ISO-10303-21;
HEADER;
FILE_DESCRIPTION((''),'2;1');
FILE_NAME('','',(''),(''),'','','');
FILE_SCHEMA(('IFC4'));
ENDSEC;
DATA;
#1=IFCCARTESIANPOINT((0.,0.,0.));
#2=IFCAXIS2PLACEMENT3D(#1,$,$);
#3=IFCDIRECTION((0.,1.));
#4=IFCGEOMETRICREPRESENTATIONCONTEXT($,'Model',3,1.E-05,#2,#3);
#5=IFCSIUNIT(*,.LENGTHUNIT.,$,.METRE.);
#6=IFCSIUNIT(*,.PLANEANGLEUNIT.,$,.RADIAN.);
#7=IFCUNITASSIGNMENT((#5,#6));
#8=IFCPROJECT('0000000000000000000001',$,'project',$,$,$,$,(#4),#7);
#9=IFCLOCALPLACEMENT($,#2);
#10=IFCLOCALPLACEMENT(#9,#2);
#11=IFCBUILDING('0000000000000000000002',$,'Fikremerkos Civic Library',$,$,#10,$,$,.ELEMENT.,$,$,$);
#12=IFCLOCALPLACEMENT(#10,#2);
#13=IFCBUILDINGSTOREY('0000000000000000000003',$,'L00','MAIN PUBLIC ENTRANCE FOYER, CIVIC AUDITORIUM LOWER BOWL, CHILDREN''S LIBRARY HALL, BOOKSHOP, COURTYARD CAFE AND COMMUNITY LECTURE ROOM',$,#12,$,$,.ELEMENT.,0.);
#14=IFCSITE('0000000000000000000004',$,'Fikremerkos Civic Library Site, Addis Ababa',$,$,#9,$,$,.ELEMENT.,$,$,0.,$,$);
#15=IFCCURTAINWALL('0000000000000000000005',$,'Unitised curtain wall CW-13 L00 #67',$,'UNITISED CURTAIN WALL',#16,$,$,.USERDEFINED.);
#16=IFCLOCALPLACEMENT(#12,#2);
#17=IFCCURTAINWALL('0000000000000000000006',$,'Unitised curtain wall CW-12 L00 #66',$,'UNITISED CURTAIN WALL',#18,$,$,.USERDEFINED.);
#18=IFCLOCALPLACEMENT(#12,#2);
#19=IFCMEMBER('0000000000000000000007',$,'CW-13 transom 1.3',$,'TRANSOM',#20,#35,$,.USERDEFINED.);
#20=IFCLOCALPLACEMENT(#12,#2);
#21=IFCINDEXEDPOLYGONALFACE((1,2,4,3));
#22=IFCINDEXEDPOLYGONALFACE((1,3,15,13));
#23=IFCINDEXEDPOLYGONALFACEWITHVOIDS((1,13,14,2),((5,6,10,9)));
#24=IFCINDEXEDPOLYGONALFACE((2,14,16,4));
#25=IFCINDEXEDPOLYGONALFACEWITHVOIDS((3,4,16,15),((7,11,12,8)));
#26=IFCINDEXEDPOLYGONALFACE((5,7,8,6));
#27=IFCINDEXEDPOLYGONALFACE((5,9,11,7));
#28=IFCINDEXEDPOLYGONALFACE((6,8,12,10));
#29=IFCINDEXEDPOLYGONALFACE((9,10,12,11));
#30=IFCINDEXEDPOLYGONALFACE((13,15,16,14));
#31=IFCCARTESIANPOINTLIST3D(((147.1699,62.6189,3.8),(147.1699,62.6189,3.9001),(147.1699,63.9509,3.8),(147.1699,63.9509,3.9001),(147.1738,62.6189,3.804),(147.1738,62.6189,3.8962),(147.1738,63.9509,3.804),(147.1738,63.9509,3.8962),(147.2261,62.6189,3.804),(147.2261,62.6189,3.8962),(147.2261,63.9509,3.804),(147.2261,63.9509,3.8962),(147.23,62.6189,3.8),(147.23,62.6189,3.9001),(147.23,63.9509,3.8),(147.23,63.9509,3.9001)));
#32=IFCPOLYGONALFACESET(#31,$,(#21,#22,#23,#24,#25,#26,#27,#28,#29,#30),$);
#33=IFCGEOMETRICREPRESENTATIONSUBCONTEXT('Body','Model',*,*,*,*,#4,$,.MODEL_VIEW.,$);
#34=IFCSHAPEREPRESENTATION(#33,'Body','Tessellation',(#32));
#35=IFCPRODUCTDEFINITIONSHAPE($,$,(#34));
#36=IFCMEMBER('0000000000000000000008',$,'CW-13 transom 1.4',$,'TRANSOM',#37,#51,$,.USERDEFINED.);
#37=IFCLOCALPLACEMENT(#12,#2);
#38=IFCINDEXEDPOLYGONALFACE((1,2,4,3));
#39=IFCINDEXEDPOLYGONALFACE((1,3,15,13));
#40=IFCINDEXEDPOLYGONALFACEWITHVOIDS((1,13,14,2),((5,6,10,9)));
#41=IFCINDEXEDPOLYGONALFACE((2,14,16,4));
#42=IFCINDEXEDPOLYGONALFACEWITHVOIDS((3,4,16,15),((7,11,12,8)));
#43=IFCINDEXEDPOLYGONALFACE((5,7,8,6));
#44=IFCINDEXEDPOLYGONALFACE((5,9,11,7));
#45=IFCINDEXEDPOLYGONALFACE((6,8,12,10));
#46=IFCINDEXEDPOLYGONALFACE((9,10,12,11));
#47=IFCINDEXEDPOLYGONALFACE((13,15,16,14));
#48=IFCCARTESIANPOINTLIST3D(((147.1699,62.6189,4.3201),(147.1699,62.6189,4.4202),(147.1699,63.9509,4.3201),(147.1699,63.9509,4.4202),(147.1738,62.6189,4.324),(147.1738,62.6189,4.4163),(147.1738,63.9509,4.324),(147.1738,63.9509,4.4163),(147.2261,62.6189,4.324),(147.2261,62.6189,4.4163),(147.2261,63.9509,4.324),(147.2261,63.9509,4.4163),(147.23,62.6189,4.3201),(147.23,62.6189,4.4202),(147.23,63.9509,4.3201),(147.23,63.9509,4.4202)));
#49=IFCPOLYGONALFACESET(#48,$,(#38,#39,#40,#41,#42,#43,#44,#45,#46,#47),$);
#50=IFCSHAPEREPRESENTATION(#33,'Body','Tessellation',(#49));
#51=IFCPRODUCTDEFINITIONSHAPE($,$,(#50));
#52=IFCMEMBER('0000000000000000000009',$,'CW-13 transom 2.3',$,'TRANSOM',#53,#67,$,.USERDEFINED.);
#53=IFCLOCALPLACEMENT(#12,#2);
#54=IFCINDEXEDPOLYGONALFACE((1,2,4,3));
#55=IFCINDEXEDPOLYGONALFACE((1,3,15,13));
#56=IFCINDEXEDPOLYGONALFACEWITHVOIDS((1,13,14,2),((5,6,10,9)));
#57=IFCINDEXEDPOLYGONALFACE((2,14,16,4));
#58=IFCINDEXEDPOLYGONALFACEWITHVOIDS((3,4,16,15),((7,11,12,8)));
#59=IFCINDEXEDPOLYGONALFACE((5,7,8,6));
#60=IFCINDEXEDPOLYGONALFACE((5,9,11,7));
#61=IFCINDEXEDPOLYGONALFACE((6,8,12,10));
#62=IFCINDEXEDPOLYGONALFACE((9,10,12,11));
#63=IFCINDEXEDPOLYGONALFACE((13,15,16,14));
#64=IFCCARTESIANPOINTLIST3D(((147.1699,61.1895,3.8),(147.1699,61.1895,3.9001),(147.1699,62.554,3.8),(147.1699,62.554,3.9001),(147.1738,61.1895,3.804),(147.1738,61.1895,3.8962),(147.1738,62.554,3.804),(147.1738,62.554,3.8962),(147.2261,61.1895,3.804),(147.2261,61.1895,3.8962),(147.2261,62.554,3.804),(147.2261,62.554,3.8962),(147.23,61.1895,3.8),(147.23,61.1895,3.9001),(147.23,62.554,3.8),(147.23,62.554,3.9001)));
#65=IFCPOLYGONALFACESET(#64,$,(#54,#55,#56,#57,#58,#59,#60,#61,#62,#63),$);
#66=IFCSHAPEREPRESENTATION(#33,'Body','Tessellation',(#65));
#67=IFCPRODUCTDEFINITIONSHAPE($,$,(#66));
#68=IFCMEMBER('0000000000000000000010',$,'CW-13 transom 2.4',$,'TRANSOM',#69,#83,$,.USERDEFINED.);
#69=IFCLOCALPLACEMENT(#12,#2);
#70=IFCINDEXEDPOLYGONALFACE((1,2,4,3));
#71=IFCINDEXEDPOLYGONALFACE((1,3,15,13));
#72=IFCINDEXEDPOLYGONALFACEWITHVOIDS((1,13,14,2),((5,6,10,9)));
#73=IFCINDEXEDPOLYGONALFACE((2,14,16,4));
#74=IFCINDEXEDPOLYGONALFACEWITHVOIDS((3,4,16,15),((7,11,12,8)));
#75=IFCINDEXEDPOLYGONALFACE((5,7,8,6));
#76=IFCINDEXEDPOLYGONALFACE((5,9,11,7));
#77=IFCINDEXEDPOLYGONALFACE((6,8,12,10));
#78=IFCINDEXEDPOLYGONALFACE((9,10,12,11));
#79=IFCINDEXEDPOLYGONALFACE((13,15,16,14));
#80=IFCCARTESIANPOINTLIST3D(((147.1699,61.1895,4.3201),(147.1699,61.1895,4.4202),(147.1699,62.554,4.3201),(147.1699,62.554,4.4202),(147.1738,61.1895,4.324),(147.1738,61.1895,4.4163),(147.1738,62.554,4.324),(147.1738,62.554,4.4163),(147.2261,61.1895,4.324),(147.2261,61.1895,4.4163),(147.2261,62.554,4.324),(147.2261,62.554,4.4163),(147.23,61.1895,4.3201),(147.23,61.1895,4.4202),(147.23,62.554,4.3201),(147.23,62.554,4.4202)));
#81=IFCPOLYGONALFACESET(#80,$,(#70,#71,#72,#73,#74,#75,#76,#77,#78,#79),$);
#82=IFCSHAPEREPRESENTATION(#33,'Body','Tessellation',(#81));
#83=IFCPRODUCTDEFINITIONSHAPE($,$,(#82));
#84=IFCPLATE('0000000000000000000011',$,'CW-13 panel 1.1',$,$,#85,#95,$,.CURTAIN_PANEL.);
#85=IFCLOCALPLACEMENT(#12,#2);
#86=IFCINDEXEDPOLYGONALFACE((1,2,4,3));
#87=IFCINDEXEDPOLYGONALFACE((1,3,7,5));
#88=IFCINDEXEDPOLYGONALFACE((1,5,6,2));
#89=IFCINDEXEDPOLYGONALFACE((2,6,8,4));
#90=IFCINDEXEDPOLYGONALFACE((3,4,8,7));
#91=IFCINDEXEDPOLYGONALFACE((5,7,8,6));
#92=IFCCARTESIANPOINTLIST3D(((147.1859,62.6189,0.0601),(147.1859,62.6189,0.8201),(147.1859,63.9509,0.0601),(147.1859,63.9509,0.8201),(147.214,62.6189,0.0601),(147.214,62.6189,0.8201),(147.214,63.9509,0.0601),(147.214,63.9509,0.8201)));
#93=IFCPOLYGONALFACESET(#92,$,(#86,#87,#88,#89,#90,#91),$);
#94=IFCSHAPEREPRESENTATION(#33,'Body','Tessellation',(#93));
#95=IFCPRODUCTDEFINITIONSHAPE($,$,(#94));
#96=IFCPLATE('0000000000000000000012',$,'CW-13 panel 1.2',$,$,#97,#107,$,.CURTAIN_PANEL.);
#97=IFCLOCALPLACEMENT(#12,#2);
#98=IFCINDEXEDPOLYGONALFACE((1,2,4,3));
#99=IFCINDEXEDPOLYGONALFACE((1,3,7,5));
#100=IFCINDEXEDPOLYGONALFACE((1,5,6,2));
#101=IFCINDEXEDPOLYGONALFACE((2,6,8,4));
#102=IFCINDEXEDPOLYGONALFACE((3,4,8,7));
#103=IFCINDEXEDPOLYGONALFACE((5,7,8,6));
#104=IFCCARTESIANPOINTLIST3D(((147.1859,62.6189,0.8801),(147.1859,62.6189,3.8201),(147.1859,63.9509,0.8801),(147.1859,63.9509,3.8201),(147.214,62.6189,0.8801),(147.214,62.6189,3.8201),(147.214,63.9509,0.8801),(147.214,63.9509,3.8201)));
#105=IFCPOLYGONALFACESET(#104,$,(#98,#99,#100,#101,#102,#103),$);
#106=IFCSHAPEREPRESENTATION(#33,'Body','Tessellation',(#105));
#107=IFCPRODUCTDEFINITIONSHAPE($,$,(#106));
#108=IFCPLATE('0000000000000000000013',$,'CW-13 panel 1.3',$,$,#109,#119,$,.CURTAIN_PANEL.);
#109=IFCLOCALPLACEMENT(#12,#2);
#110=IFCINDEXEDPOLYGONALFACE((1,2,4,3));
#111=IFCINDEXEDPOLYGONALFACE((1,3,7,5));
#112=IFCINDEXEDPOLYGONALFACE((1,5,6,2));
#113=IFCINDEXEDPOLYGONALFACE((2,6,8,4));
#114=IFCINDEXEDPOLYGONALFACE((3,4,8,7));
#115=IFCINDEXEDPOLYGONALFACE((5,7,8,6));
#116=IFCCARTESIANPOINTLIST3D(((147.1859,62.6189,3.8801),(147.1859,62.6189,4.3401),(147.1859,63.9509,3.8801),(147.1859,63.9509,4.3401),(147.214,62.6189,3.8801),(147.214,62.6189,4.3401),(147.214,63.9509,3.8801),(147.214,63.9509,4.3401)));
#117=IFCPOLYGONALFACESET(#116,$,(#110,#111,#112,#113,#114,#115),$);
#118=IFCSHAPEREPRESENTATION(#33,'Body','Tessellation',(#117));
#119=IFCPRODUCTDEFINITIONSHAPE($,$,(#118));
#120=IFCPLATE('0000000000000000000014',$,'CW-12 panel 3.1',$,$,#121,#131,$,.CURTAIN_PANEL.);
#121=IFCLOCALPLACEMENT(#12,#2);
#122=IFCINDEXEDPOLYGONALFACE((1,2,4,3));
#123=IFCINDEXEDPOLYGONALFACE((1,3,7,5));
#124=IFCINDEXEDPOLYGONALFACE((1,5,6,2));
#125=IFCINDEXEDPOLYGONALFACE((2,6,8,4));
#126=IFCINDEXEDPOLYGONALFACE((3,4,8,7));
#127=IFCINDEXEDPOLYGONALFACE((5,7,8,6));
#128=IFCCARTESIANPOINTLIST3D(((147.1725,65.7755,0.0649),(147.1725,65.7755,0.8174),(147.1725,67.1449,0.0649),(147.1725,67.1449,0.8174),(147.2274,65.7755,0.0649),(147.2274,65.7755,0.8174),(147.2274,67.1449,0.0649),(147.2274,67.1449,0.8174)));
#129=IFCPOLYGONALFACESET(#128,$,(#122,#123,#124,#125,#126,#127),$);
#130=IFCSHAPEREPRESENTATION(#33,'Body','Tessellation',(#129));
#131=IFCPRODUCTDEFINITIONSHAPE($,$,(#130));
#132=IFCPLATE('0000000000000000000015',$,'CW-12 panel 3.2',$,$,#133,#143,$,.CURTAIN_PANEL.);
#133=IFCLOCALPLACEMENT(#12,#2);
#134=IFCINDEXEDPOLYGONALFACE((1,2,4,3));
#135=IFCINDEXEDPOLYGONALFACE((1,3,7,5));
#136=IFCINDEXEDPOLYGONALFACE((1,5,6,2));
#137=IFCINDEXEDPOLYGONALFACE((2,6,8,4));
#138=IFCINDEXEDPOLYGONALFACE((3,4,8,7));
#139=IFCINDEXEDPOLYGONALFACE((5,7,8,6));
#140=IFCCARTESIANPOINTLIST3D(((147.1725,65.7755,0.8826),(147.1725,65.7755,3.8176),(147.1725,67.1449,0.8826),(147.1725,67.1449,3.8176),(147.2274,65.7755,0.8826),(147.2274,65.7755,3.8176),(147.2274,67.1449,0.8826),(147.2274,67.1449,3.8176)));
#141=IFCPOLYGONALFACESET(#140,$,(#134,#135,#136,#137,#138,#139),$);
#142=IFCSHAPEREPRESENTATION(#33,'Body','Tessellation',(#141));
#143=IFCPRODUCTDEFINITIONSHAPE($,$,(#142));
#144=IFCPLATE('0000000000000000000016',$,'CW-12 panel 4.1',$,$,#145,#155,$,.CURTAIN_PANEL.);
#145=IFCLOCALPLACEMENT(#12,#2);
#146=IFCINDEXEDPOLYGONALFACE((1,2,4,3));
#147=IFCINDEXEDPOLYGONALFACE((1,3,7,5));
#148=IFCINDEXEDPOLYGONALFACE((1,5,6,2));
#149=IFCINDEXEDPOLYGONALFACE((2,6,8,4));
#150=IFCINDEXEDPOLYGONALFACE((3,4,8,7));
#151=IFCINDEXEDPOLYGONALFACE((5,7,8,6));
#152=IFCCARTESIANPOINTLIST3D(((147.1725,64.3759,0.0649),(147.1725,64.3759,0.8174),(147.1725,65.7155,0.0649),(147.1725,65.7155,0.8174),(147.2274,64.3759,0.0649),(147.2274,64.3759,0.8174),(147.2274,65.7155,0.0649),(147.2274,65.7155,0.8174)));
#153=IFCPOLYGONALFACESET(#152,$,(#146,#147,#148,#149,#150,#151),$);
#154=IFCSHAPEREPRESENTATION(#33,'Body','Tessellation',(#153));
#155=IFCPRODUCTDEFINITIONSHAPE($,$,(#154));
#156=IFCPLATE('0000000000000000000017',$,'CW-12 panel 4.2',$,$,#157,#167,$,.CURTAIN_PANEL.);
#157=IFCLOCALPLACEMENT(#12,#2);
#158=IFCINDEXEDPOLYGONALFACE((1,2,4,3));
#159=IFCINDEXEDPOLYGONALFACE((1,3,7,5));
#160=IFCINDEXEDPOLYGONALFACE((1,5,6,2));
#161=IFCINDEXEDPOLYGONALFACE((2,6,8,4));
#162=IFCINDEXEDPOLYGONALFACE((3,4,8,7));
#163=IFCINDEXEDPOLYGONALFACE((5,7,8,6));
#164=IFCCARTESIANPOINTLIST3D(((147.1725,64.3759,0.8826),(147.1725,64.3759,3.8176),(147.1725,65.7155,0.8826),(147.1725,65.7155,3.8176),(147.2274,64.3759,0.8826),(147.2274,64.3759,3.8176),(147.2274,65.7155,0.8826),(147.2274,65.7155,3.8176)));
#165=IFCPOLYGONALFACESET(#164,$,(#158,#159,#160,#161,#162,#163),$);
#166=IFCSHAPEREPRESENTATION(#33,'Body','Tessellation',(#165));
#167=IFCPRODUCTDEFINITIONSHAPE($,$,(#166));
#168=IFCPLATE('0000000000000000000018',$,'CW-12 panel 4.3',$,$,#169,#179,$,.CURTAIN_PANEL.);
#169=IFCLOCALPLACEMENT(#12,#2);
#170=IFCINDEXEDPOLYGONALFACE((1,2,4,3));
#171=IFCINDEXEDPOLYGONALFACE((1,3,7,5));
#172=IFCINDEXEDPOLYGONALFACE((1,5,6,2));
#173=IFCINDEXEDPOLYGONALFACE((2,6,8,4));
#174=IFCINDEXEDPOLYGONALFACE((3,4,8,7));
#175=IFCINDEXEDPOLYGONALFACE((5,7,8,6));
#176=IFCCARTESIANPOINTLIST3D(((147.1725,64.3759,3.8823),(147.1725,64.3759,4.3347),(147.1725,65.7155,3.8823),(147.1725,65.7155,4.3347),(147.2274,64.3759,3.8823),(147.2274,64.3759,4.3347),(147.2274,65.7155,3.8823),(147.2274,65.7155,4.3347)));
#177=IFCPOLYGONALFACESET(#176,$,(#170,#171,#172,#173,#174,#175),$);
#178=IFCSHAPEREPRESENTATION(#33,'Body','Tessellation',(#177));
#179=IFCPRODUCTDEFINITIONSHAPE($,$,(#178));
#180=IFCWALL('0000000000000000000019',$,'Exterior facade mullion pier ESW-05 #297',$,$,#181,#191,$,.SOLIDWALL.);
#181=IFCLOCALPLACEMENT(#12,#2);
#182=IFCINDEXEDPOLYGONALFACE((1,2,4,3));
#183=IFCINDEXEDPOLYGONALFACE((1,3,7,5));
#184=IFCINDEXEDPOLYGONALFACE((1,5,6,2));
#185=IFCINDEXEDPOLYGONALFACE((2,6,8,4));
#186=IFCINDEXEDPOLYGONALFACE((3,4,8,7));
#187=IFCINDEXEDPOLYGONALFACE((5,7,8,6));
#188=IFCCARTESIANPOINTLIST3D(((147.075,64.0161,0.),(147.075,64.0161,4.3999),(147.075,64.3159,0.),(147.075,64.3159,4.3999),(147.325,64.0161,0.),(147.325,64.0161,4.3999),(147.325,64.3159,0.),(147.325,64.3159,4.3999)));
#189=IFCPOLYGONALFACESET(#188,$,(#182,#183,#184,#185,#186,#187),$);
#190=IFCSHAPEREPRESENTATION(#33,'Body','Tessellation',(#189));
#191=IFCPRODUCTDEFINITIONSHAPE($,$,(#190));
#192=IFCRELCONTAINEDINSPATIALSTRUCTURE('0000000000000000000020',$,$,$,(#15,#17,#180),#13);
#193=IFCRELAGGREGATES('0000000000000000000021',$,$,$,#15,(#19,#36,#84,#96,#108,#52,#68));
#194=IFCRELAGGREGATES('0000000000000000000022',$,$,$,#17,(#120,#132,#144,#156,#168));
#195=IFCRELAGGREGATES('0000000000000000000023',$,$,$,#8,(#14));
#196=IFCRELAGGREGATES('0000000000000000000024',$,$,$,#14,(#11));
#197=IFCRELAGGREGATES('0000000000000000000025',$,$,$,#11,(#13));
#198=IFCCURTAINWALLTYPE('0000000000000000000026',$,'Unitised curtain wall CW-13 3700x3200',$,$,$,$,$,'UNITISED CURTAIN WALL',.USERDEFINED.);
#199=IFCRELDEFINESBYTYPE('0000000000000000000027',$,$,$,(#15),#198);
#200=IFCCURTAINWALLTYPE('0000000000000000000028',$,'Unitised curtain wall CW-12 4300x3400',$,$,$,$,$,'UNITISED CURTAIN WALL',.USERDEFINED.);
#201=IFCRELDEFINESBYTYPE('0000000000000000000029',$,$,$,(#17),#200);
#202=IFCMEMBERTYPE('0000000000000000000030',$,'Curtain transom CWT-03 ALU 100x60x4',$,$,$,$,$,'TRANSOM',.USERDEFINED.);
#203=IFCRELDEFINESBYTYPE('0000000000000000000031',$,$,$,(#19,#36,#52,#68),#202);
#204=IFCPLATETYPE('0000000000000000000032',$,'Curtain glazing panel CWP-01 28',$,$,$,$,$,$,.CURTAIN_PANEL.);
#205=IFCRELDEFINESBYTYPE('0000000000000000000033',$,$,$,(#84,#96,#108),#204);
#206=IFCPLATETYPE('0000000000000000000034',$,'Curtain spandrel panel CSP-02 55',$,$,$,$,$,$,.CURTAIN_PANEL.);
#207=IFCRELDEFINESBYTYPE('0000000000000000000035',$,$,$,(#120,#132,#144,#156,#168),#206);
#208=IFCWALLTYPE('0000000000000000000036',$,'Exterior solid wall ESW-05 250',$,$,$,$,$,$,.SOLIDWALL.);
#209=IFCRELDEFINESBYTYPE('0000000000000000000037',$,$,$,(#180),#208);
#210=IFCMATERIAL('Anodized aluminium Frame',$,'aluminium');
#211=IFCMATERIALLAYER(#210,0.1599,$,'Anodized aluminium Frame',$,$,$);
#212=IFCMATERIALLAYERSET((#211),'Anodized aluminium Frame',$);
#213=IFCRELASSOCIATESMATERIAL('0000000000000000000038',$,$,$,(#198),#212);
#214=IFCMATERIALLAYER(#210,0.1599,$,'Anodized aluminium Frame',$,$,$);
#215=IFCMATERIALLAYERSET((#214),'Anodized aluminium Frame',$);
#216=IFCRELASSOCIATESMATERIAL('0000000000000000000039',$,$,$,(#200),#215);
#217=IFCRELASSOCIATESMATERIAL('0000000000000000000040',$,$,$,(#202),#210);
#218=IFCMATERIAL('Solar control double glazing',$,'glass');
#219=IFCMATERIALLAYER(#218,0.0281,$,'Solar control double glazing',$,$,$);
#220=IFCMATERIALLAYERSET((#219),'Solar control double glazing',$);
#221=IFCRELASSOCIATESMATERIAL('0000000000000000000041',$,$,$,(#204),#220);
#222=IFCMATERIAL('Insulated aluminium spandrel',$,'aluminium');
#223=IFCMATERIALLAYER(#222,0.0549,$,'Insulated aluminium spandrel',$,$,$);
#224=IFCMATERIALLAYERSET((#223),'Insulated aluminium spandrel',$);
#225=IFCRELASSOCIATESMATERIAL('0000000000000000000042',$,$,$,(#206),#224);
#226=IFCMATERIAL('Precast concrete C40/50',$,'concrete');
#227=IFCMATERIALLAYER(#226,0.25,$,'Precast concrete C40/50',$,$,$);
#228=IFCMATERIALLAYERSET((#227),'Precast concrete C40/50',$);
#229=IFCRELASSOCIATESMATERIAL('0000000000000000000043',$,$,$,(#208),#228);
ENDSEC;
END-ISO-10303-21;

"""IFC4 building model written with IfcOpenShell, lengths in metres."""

from ifc_helpers import new_model, si_unit, direction, frame, frame_2d, origin, origin_2d, place, context, subcontext, project, spatial, rectangle, hollow_rectangle, extrude, material, layer, layer_set, material_profile, profile_set, type_object, element, aggregate, save


model = new_model("IFC4")

# Units and contexts
model_context = context("Model", 3, precision=1e-05, world=origin(), true_north=direction((0.0, 1.0)))
body_context = subcontext(model_context, "Body", "Model", "MODEL_VIEW")
ifc_project = project(units=[si_unit("LENGTHUNIT", "METRE"), si_unit("PLANEANGLEUNIT", "RADIAN")], contexts=[model_context])

# Site, building, storey
site_placement = place(None, origin())
site = spatial("IfcSite", under=ifc_project, at=site_placement, Name="Fikremerkos Civic Library Site, Addis Ababa", CompositionType="ELEMENT", RefElevation=0.0)
building_placement = place(site_placement, origin())
building = spatial("IfcBuilding", under=site, at=building_placement, Name="Fikremerkos Civic Library", CompositionType="ELEMENT")
storey_placement = place(building_placement, origin())
storey = spatial("IfcBuildingStorey", under=building, at=storey_placement, Name="L00", Description="MAIN PUBLIC ENTRANCE FOYER, CIVIC AUDITORIUM LOWER BOWL, CHILDREN'S LIBRARY HALL, BOOKSHOP, COURTYARD CAFE AND COMMUNITY LECTURE ROOM", CompositionType="ELEMENT", Elevation=0.0)

# Curtain walls
ifc_material_1 = material(Name="Anodized aluminium Frame", Category="aluminium")
ifc_layer_1 = layer(ifc_material_1, 0.1599, Name="Anodized aluminium Frame")
ifc_layer_set_1 = layer_set([ifc_layer_1], Name="Anodized aluminium Frame")
curtain_wall_type_1 = type_object("IfcCurtainWallType", Name="Unitised curtain wall CW-13 3700x3200", ElementType="UNITISED CURTAIN WALL", PredefinedType="USERDEFINED", material=ifc_layer_set_1)
curtain_wall_1_placement = place(storey_placement, origin())
curtain_wall_1 = element("IfcCurtainWall", 1, at=curtain_wall_1_placement, inside=storey, type_object=curtain_wall_type_1, Name="Unitised curtain wall CW-13 L00 #67", ObjectType="UNITISED CURTAIN WALL", PredefinedType="USERDEFINED")
ifc_layer_2 = layer(ifc_material_1, 0.1599, Name="Anodized aluminium Frame")
ifc_layer_set_2 = layer_set([ifc_layer_2], Name="Anodized aluminium Frame")
curtain_wall_type_2 = type_object("IfcCurtainWallType", Name="Unitised curtain wall CW-12 4300x3400", ElementType="UNITISED CURTAIN WALL", PredefinedType="USERDEFINED", material=ifc_layer_set_2)
curtain_wall_2_placement = place(storey_placement, origin())
curtain_wall_2 = element("IfcCurtainWall", 2, at=curtain_wall_2_placement, inside=storey, type_object=curtain_wall_type_2, Name="Unitised curtain wall CW-12 L00 #66", ObjectType="UNITISED CURTAIN WALL", PredefinedType="USERDEFINED")

# Members
ifc_material_profile_1 = material_profile(ifc_material_1, hollow_rectangle(XDim=0.0601, YDim=0.1001, WallThickness=0.0039, at=origin_2d()), Name="ALU 100x60x4")
ifc_profile_set_1 = profile_set([ifc_material_profile_1], Name="Anodized aluminium Frame")
member_type_1 = type_object("IfcMemberType", Name="Curtain transom CWT-03 ALU 100x60x4", ElementType="TRANSOM", PredefinedType="USERDEFINED", material=ifc_profile_set_1)
member_1_placement = place(storey_placement, frame((147.2, 63.9509, 3.8501), z_axis=(0.0, -1.0, 0.0), x_axis=(1.0, 0.0, 0.0)))
member_1 = element("IfcMember", 3, at=member_1_placement, type_object=member_type_1, Name="CW-13 transom 1.3", ObjectType="TRANSOM", PredefinedType="USERDEFINED", context=body_context, shape_type="SweptSolid", body=[
    extrude(hollow_rectangle(XDim=0.0601, YDim=0.1001, WallThickness=0.0039, at=origin_2d()), origin(), (0.0, 0.0, 1.0), 1.332),
])
member_2_placement = place(storey_placement, frame((147.2, 63.9509, 4.3701), z_axis=(0.0, -1.0, 0.0), x_axis=(1.0, 0.0, 0.0)))
member_2 = element("IfcMember", 4, at=member_2_placement, type_object=member_type_1, Name="CW-13 transom 1.4", ObjectType="TRANSOM", PredefinedType="USERDEFINED", context=body_context, shape_type="SweptSolid", body=[
    extrude(hollow_rectangle(XDim=0.0601, YDim=0.1001, WallThickness=0.0039, at=origin_2d()), origin(), (0.0, 0.0, 1.0), 1.332),
])
member_3_placement = place(storey_placement, frame((147.2, 62.554, 3.8501), z_axis=(0.0, -1.0, 0.0), x_axis=(1.0, 0.0, 0.0)))
member_3 = element("IfcMember", 5, at=member_3_placement, type_object=member_type_1, Name="CW-13 transom 2.3", ObjectType="TRANSOM", PredefinedType="USERDEFINED", context=body_context, shape_type="SweptSolid", body=[
    extrude(hollow_rectangle(XDim=0.0601, YDim=0.1001, WallThickness=0.0039, at=origin_2d()), origin(), (0.0, 0.0, 1.0), 1.3645),
])
member_4_placement = place(storey_placement, frame((147.2, 62.554, 4.3701), z_axis=(0.0, -1.0, 0.0), x_axis=(1.0, 0.0, 0.0)))
member_4 = element("IfcMember", 6, at=member_4_placement, type_object=member_type_1, Name="CW-13 transom 2.4", ObjectType="TRANSOM", PredefinedType="USERDEFINED", context=body_context, shape_type="SweptSolid", body=[
    extrude(hollow_rectangle(XDim=0.0601, YDim=0.1001, WallThickness=0.0039, at=origin_2d()), origin(), (0.0, 0.0, 1.0), 1.3645),
])

# Plates
ifc_material_2 = material(Name="Solar control double glazing", Category="glass")
ifc_layer_3 = layer(ifc_material_2, 0.0281, Name="Solar control double glazing")
ifc_layer_set_3 = layer_set([ifc_layer_3], Name="Solar control double glazing")
plate_type_1 = type_object("IfcPlateType", Name="Curtain glazing panel CWP-01 28", PredefinedType="CURTAIN_PANEL", material=ifc_layer_set_3)
plate_1_placement = place(storey_placement, frame((147.2, 63.2849, 0.0601), z_axis=(0.0, 0.0, 1.0), x_axis=(0.0, -1.0, 0.0)))
plate_1 = element("IfcPlate", 7, at=plate_1_placement, type_object=plate_type_1, Name="CW-13 panel 1.1", PredefinedType="CURTAIN_PANEL", context=body_context, shape_type="SweptSolid", body=[
    extrude(rectangle(XDim=1.332, YDim=0.0281, at=origin_2d()), origin(), (0.0, 0.0, 1.0), 0.76),
])
plate_2_placement = place(storey_placement, frame((147.2, 63.2849, 0.8801), z_axis=(0.0, 0.0, 1.0), x_axis=(0.0, -1.0, 0.0)))
plate_2 = element("IfcPlate", 8, at=plate_2_placement, type_object=plate_type_1, Name="CW-13 panel 1.2", PredefinedType="CURTAIN_PANEL", context=body_context, shape_type="SweptSolid", body=[
    extrude(rectangle(XDim=1.332, YDim=0.0281, at=origin_2d()), origin(), (0.0, 0.0, 1.0), 2.9399),
])
plate_3_placement = place(storey_placement, frame((147.2, 63.2849, 3.8801), z_axis=(0.0, 0.0, 1.0), x_axis=(0.0, -1.0, 0.0)))
plate_3 = element("IfcPlate", 9, at=plate_3_placement, type_object=plate_type_1, Name="CW-13 panel 1.3", PredefinedType="CURTAIN_PANEL", context=body_context, shape_type="SweptSolid", body=[
    extrude(rectangle(XDim=1.332, YDim=0.0281, at=origin_2d()), origin(), (0.0, 0.0, 1.0), 0.46),
])
aggregate(curtain_wall_1, [member_1, member_2, plate_1, plate_2, plate_3, member_3, member_4])
ifc_material_3 = material(Name="Insulated aluminium spandrel", Category="aluminium")
ifc_layer_4 = layer(ifc_material_3, 0.0549, Name="Insulated aluminium spandrel")
ifc_layer_set_4 = layer_set([ifc_layer_4], Name="Insulated aluminium spandrel")
plate_type_2 = type_object("IfcPlateType", Name="Curtain spandrel panel CSP-02 55", PredefinedType="CURTAIN_PANEL", material=ifc_layer_set_4)
plate_4_placement = place(storey_placement, frame((147.2, 66.4602, 0.0649), z_axis=(0.0, 0.0, 1.0), x_axis=(0.0, -1.0, 0.0)))
plate_4 = element("IfcPlate", 10, at=plate_4_placement, type_object=plate_type_2, Name="CW-12 panel 3.1", PredefinedType="CURTAIN_PANEL", context=body_context, shape_type="SweptSolid", body=[
    extrude(rectangle(XDim=1.3694, YDim=0.0549, at=origin_2d()), origin(), (0.0, 0.0, 1.0), 0.7524),
])
plate_5_placement = place(storey_placement, frame((147.2, 66.4602, 0.8826), z_axis=(0.0, 0.0, 1.0), x_axis=(0.0, -1.0, 0.0)))
plate_5 = element("IfcPlate", 11, at=plate_5_placement, type_object=plate_type_2, Name="CW-12 panel 3.2", PredefinedType="CURTAIN_PANEL", context=body_context, shape_type="SweptSolid", body=[
    extrude(rectangle(XDim=1.3694, YDim=0.0549, at=origin_2d()), origin(), (0.0, 0.0, 1.0), 2.9351),
])
plate_6_placement = place(storey_placement, frame((147.2, 65.0457, 0.0649), z_axis=(0.0, 0.0, 1.0), x_axis=(0.0, -1.0, 0.0)))
plate_6 = element("IfcPlate", 12, at=plate_6_placement, type_object=plate_type_2, Name="CW-12 panel 4.1", PredefinedType="CURTAIN_PANEL", context=body_context, shape_type="SweptSolid", body=[
    extrude(rectangle(XDim=1.3396, YDim=0.0549, at=origin_2d()), origin(), (0.0, 0.0, 1.0), 0.7524),
])
plate_7_placement = place(storey_placement, frame((147.2, 65.0457, 0.8826), z_axis=(0.0, 0.0, 1.0), x_axis=(0.0, -1.0, 0.0)))
plate_7 = element("IfcPlate", 13, at=plate_7_placement, type_object=plate_type_2, Name="CW-12 panel 4.2", PredefinedType="CURTAIN_PANEL", context=body_context, shape_type="SweptSolid", body=[
    extrude(rectangle(XDim=1.3396, YDim=0.0549, at=origin_2d()), origin(), (0.0, 0.0, 1.0), 2.9351),
])
plate_8_placement = place(storey_placement, frame((147.2, 65.0457, 3.8823), z_axis=(0.0, 0.0, 1.0), x_axis=(0.0, -1.0, 0.0)))
plate_8 = element("IfcPlate", 14, at=plate_8_placement, type_object=plate_type_2, Name="CW-12 panel 4.3", PredefinedType="CURTAIN_PANEL", context=body_context, shape_type="SweptSolid", body=[
    extrude(rectangle(XDim=1.3396, YDim=0.0549, at=origin_2d()), origin(), (0.0, 0.0, 1.0), 0.4524),
])
aggregate(curtain_wall_2, [plate_4, plate_5, plate_6, plate_7, plate_8])

# Wall
ifc_material_4 = material(Name="Precast concrete C40/50", Category="concrete")
ifc_layer_5 = layer(ifc_material_4, 0.25, Name="Precast concrete C40/50")
ifc_layer_set_5 = layer_set([ifc_layer_5], Name="Precast concrete C40/50")
wall_type = type_object("IfcWallType", Name="Exterior solid wall ESW-05 250", PredefinedType="SOLIDWALL", material=ifc_layer_set_5)
wall_placement = place(storey_placement, frame((147.2, 64.3159, 0.0), z_axis=(0.0, 0.0, 1.0), x_axis=(0.0, -1.0, 0.0)))
element("IfcWall", 15, at=wall_placement, inside=storey, type_object=wall_type, Name="Exterior facade mullion pier ESW-05 #297", PredefinedType="SOLIDWALL", context=body_context, shape_type="SweptSolid", body=[
    extrude(rectangle(XDim=0.2998, YDim=0.25, at=frame_2d((0.1499, 0.0))), origin(), (0.0, 0.0, 1.0), 4.3999),
])

save(model, "model.ifc")
